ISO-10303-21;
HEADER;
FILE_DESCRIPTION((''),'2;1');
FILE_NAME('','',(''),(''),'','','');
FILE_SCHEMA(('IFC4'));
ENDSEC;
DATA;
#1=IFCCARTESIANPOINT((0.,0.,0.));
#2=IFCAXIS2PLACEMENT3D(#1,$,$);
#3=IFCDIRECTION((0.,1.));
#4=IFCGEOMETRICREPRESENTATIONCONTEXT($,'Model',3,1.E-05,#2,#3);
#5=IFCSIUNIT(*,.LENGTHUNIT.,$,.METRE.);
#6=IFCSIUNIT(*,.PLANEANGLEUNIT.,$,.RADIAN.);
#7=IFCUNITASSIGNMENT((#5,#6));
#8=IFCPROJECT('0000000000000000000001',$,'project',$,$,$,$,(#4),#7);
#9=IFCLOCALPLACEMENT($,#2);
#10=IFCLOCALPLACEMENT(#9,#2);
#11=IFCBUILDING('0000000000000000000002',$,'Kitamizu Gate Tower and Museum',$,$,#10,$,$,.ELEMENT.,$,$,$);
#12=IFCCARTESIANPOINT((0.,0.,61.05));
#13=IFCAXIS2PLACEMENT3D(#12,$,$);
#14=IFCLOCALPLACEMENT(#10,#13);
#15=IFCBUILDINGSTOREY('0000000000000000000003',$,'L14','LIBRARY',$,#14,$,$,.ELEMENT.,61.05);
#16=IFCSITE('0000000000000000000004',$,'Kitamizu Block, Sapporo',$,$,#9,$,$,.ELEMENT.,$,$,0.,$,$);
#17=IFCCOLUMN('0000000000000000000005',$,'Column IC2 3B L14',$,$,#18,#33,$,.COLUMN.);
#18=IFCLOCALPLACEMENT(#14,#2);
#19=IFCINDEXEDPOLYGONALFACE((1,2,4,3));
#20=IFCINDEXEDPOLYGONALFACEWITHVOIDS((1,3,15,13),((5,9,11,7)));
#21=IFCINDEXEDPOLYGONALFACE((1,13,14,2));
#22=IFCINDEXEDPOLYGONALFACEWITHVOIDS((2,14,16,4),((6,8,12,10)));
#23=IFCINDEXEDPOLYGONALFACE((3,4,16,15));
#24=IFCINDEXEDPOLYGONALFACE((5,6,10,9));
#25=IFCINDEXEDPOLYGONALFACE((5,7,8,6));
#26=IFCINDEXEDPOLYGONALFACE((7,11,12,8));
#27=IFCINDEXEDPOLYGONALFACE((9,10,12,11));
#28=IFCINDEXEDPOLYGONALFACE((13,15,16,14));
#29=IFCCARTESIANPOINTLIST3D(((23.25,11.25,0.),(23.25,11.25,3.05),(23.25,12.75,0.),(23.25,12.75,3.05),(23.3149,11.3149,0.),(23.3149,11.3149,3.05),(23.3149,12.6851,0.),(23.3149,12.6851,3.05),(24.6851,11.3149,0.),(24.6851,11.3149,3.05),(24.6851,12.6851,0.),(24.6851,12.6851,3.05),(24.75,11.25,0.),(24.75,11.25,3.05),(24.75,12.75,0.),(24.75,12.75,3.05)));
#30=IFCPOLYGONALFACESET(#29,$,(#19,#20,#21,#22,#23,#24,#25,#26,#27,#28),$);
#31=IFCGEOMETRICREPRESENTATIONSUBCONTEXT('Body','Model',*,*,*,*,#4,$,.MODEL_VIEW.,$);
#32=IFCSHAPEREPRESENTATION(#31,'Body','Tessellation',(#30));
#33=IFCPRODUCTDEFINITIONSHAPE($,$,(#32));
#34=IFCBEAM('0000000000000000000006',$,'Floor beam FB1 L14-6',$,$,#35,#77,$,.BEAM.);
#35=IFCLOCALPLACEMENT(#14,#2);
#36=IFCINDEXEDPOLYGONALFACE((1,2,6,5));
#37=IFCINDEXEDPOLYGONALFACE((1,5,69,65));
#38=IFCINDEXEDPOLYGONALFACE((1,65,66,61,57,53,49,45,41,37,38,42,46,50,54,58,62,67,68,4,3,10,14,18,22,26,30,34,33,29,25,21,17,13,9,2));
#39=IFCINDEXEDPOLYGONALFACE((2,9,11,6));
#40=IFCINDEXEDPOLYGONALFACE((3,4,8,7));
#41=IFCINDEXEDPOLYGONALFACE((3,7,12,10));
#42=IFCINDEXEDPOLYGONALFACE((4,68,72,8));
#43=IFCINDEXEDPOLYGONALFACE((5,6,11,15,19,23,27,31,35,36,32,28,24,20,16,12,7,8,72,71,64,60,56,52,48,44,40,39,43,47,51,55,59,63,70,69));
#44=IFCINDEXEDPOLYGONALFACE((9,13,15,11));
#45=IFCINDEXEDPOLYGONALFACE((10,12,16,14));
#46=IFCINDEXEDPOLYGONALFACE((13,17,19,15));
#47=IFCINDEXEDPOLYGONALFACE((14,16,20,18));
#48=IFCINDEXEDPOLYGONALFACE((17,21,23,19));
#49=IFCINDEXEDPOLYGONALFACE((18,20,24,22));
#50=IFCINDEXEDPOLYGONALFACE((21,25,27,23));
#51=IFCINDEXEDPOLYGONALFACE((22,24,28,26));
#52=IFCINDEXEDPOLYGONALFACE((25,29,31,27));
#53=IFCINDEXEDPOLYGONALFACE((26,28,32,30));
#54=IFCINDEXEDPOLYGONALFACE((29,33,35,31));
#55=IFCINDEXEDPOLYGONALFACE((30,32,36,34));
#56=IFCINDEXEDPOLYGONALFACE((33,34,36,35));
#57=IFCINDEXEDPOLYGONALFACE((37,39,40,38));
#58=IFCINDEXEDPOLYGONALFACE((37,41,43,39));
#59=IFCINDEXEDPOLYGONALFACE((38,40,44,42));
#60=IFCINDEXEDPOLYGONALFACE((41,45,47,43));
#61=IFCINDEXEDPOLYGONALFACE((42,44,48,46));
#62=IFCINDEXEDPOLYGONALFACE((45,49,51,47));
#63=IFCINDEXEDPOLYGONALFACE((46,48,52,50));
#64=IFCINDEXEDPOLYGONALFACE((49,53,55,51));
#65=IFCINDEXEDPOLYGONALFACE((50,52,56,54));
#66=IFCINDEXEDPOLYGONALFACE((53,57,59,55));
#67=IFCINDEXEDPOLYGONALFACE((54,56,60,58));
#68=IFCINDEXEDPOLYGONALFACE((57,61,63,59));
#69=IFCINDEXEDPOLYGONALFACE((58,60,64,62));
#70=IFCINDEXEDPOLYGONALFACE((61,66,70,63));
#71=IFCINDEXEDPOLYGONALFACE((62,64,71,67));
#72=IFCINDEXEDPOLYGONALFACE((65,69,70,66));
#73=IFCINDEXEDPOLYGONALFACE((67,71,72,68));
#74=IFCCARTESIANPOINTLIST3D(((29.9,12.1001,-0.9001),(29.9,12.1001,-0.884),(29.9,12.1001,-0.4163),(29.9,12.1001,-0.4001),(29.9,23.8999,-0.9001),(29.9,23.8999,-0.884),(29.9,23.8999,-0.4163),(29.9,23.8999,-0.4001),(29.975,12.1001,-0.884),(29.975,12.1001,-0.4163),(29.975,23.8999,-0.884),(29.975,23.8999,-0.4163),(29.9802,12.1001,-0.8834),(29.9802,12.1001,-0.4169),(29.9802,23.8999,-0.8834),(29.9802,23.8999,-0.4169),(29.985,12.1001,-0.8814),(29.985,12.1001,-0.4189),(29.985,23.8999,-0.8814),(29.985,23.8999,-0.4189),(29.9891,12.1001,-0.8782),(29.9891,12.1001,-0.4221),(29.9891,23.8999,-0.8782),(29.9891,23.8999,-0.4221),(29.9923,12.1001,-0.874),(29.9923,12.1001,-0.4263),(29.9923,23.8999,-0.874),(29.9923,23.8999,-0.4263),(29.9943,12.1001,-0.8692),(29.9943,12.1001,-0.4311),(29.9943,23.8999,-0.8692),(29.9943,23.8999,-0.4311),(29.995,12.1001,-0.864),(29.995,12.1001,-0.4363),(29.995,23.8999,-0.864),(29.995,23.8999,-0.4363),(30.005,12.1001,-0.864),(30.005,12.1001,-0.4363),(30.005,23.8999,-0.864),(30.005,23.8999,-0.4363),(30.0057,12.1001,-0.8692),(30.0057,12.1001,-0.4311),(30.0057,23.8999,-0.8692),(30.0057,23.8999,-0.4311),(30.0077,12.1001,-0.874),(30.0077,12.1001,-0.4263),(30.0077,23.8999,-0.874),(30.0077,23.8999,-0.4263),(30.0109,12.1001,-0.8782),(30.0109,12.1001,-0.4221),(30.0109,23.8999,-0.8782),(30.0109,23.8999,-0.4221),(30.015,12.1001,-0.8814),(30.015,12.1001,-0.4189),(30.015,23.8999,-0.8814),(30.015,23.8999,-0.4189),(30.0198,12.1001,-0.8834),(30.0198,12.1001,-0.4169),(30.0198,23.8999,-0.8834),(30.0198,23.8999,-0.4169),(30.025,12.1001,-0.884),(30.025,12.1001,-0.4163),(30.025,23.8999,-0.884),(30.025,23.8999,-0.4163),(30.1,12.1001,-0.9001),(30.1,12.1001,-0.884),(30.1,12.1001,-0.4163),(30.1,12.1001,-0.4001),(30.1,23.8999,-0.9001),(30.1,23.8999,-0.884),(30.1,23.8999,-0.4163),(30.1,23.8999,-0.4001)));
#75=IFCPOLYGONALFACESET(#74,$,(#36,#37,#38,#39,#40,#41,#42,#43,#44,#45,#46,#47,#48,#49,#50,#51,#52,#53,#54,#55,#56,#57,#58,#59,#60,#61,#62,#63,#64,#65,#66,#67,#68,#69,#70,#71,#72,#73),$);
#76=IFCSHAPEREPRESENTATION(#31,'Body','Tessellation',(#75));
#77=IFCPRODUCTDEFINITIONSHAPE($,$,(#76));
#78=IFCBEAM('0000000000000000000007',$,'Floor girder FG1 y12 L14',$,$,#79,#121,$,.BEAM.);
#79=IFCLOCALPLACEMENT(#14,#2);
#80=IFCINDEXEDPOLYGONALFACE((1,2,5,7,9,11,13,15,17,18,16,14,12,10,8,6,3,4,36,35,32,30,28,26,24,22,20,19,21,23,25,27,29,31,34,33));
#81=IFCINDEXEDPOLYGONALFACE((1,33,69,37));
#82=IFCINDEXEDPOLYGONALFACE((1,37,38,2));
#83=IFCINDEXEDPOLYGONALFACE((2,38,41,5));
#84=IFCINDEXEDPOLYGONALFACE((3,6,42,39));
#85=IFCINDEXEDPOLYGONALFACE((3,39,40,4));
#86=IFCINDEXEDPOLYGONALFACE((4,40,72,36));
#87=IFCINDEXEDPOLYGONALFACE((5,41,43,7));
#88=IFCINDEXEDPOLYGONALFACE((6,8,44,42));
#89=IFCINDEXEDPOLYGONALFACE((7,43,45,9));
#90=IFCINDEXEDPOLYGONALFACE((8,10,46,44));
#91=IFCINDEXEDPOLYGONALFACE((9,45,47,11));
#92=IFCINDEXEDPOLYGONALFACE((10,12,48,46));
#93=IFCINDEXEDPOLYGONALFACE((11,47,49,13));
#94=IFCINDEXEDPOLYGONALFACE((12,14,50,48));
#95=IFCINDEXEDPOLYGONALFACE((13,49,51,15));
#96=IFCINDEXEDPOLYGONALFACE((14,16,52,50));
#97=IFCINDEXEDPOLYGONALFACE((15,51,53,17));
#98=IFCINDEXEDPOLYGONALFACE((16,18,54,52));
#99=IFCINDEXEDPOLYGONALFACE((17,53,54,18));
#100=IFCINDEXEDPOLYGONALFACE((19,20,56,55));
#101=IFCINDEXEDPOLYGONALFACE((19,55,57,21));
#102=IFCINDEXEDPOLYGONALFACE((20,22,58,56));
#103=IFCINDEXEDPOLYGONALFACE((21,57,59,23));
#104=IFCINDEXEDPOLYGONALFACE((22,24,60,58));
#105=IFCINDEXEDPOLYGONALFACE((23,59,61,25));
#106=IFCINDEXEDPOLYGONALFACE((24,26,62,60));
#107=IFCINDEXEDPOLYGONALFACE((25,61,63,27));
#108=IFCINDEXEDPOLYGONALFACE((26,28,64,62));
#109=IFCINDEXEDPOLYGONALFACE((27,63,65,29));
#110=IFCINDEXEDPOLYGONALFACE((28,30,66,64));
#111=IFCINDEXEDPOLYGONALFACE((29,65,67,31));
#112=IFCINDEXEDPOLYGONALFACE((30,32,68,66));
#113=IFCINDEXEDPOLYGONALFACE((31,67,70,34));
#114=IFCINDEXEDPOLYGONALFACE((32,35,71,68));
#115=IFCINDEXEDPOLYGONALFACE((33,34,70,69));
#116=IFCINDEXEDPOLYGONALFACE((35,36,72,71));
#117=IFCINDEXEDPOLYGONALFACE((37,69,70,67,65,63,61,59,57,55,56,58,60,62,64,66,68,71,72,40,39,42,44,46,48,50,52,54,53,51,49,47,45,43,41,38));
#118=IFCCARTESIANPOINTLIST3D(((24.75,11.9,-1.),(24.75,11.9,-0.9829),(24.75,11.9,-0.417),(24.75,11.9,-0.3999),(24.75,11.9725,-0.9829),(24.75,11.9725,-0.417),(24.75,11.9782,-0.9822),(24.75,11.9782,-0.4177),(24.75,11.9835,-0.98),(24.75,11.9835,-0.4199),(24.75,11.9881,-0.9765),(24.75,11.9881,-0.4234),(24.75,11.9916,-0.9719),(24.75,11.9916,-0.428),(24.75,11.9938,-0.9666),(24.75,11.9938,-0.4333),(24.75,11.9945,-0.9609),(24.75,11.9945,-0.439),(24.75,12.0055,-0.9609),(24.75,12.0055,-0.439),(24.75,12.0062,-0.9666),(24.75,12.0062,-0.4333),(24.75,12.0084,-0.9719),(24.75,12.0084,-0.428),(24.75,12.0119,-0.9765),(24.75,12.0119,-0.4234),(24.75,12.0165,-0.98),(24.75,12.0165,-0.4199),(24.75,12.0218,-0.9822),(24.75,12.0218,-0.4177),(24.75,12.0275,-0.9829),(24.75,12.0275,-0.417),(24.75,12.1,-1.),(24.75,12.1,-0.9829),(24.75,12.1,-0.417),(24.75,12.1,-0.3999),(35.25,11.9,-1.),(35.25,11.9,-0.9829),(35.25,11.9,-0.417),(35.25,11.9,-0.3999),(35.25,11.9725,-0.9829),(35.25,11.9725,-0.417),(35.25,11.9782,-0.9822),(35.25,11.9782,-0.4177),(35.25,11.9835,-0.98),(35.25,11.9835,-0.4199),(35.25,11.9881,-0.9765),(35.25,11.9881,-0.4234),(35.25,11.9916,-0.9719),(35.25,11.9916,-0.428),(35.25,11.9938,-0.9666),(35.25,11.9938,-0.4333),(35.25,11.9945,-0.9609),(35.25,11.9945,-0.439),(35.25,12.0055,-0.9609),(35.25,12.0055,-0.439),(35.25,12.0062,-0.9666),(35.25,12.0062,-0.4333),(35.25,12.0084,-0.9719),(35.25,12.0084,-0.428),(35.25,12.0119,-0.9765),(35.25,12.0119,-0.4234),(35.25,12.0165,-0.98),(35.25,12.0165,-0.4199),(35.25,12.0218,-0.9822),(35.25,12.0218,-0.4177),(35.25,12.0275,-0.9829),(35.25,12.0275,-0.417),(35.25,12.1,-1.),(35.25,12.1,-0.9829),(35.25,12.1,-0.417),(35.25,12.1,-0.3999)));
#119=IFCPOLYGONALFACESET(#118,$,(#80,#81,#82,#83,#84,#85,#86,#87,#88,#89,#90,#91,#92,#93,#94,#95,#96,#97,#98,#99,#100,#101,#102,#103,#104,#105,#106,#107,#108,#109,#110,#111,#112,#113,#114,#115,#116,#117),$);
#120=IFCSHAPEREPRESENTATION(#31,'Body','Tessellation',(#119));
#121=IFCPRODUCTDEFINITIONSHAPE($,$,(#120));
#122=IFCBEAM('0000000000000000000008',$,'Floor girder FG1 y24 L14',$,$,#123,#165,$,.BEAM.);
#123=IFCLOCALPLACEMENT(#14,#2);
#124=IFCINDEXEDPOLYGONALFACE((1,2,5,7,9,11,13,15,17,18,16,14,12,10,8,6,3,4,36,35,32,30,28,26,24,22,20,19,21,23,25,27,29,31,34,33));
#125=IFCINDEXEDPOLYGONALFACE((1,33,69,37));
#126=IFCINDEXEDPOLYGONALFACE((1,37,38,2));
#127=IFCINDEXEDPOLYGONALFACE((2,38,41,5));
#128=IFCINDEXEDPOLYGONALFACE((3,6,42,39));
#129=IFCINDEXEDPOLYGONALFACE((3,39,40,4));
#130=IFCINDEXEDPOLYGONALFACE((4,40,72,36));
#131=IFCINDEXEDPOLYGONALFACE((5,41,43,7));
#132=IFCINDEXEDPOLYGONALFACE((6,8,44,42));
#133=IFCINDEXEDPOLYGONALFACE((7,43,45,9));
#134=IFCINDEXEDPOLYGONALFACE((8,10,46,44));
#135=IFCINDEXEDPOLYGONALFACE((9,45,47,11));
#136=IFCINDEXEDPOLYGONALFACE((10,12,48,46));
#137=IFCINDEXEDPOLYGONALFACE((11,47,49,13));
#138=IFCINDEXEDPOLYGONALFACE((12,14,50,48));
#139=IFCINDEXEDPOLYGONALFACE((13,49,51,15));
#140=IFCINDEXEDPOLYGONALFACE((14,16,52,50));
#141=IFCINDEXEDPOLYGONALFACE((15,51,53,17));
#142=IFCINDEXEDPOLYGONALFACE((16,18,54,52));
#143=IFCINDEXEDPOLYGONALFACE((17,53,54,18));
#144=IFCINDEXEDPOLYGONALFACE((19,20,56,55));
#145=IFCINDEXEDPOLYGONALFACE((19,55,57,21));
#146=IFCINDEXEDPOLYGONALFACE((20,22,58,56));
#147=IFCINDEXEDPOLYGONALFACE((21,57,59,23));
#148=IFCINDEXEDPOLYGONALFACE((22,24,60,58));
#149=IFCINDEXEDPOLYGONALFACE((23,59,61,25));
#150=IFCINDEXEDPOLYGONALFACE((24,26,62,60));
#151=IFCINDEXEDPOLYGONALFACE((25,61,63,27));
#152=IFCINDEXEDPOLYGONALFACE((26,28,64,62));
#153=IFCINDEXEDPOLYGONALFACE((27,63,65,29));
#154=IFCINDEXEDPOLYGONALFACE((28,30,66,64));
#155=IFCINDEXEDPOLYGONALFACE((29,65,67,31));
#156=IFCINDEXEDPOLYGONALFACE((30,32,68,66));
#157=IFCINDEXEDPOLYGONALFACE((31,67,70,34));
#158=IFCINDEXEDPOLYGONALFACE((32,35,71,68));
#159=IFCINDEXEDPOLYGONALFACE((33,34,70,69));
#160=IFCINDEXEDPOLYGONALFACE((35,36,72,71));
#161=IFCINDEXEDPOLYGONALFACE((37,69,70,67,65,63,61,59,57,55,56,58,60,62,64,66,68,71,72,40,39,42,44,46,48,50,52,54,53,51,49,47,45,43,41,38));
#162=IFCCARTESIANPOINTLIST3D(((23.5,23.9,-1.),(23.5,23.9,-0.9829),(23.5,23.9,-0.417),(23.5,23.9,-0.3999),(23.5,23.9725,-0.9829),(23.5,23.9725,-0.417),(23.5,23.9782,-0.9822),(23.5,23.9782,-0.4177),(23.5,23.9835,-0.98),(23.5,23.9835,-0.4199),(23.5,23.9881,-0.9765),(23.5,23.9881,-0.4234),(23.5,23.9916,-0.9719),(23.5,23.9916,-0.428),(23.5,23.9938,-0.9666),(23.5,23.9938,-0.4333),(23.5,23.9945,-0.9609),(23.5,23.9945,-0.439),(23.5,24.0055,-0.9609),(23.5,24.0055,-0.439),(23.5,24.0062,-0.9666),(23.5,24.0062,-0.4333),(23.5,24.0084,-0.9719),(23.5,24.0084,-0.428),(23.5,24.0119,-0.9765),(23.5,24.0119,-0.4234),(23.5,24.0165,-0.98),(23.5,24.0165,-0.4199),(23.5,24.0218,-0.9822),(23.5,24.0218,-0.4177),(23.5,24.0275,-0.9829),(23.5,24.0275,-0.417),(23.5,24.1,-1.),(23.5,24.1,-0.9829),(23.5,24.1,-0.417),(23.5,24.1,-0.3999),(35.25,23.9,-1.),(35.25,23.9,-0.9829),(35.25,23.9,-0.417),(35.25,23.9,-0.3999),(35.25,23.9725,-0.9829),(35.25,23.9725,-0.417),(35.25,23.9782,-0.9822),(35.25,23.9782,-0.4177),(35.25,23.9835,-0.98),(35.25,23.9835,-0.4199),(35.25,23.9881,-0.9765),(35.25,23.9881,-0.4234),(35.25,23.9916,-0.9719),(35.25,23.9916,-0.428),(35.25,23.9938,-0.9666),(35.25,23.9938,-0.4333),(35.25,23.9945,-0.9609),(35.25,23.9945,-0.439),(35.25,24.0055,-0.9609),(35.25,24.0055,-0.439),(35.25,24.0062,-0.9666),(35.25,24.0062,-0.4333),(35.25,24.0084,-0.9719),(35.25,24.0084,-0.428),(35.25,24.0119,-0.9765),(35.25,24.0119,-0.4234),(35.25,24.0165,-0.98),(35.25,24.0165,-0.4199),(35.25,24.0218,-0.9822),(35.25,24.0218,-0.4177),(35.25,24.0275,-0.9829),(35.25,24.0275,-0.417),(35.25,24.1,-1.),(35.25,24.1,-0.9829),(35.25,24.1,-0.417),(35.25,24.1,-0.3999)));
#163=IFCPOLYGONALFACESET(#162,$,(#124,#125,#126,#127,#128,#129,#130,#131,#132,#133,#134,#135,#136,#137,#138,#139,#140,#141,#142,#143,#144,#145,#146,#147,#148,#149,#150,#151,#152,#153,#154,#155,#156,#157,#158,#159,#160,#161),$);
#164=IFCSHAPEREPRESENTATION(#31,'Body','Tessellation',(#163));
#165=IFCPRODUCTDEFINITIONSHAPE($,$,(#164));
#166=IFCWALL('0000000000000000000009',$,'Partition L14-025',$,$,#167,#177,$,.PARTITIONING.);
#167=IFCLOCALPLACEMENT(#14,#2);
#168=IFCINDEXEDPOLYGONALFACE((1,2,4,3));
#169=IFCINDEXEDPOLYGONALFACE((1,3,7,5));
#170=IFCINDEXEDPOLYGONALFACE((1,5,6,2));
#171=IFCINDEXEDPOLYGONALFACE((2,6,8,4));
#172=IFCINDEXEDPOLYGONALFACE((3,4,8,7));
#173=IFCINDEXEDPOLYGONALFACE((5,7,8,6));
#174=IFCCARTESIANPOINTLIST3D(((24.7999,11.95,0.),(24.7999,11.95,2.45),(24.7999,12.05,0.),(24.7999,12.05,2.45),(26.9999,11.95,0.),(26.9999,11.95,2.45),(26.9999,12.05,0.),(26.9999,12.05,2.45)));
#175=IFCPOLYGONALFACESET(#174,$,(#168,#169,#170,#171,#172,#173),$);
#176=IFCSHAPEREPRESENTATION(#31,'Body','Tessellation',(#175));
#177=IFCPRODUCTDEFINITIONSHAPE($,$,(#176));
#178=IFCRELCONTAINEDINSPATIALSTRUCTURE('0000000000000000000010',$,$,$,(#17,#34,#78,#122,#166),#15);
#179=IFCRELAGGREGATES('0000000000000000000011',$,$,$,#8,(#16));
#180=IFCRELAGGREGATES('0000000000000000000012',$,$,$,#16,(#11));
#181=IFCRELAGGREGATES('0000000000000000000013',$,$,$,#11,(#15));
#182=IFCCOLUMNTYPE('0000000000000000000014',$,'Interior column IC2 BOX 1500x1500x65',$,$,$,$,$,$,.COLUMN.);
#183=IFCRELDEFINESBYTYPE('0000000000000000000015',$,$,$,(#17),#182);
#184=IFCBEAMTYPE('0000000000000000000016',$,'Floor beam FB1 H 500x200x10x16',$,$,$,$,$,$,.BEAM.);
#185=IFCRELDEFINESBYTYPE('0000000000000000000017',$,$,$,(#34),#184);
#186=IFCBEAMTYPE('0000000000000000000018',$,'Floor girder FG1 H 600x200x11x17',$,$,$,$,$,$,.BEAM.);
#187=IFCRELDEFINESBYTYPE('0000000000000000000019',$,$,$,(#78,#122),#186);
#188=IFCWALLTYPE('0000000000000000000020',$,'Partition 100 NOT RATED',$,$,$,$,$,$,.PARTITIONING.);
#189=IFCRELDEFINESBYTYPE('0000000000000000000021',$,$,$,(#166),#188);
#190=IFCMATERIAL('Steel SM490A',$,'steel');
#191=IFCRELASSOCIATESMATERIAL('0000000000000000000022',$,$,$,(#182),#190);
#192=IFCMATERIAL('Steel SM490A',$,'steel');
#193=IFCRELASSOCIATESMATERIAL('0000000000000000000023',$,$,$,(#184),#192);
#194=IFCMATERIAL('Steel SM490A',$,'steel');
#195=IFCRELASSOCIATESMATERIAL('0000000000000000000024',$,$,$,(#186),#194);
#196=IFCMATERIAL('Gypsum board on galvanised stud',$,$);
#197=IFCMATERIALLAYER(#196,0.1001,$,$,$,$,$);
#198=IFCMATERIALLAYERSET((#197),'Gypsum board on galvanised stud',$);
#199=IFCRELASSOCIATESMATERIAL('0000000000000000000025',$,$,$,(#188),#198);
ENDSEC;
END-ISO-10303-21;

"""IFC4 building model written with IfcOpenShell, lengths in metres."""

from ifc_helpers import new_model, si_unit, direction, frame, frame_2d, origin, origin_2d, place, context, subcontext, project, spatial, rectangle, hollow_rectangle, i_section, extrude, material, layer, layer_set, material_profile, profile_set, type_object, element, save


model = new_model("IFC4")

# Units and contexts
model_context = context("Model", 3, precision=1e-05, world=origin(), true_north=direction((0.0, 1.0)))
body_context = subcontext(model_context, "Body", "Model", "MODEL_VIEW")
ifc_project = project(units=[si_unit("LENGTHUNIT", "METRE"), si_unit("PLANEANGLEUNIT", "RADIAN")], contexts=[model_context])

# Site, building, storey
site_placement = place(None, origin())
site = spatial("IfcSite", under=ifc_project, at=site_placement, Name="Kitamizu Block, Sapporo", CompositionType="ELEMENT", RefElevation=0.0)
building_placement = place(site_placement, origin())
building = spatial("IfcBuilding", under=site, at=building_placement, Name="Kitamizu Gate Tower and Museum", CompositionType="ELEMENT")
storey_placement = place(building_placement, frame((0.0, 0.0, 61.05)))
storey = spatial("IfcBuildingStorey", under=building, at=storey_placement, Name="L14", Description="LIBRARY", CompositionType="ELEMENT", Elevation=61.05)

# Column
ifc_material_1 = material(Name="Steel SM490A", Category="steel")
ifc_material_profile_1 = material_profile(ifc_material_1, hollow_rectangle(XDim=1.5, YDim=1.5, WallThickness=0.0649, at=origin_2d()), Name="BOX 1500x1500x65")
ifc_profile_set_1 = profile_set([ifc_material_profile_1], Name="Steel SM490A")
column_type = type_object("IfcColumnType", Name="Interior column IC2 BOX 1500x1500x65", PredefinedType="COLUMN", material=ifc_profile_set_1)
column_placement = place(storey_placement, frame((24.0, 12.0, 0.0), z_axis=(0.0, 0.0, 1.0), x_axis=(1.0, 0.0, 0.0)))
element("IfcColumn", 1, at=column_placement, inside=storey, type_object=column_type, Name="Column IC2 3B L14", PredefinedType="COLUMN", context=body_context, shape_type="SweptSolid", body=[
    extrude(hollow_rectangle(XDim=1.5, YDim=1.5, WallThickness=0.0649, at=origin_2d()), origin(), (0.0, 0.0, 1.0), 3.05),
])

# Beams
ifc_material_2 = material(Name="Steel SM490A", Category="steel")
ifc_material_profile_2 = material_profile(ifc_material_2, i_section(OverallWidth=0.2, OverallDepth=0.5, WebThickness=0.01, FlangeThickness=0.0161, FilletRadius=0.02, at=origin_2d()), Name="H-500x200x10x16")
ifc_profile_set_2 = profile_set([ifc_material_profile_2], Name="Steel SM490A")
beam_type_1 = type_object("IfcBeamType", Name="Floor beam FB1 H 500x200x10x16", PredefinedType="BEAM", material=ifc_profile_set_2)
beam_1_placement = place(storey_placement, frame((30.0, 12.1001, -0.6501), z_axis=(0.0, 1.0, 0.0), x_axis=(-1.0, 0.0, 0.0)))
element("IfcBeam", 2, at=beam_1_placement, inside=storey, type_object=beam_type_1, Name="Floor beam FB1 L14-6", PredefinedType="BEAM", context=body_context, shape_type="SweptSolid", body=[
    extrude(i_section(OverallWidth=0.2, OverallDepth=0.5, WebThickness=0.01, FlangeThickness=0.0161, FilletRadius=0.02, at=origin_2d()), origin(), (0.0, 0.0, 1.0), 11.7998),
])
ifc_material_3 = material(Name="Steel SM490A", Category="steel")
ifc_material_profile_3 = material_profile(ifc_material_3, i_section(OverallWidth=0.2, OverallDepth=0.6001, WebThickness=0.011, FlangeThickness=0.0171, FilletRadius=0.022, at=origin_2d()), Name="H-600x200x11x17")
ifc_profile_set_3 = profile_set([ifc_material_profile_3], Name="Steel SM490A")
beam_type_2 = type_object("IfcBeamType", Name="Floor girder FG1 H 600x200x11x17", PredefinedType="BEAM", material=ifc_profile_set_3)
beam_2_placement = place(storey_placement, frame((24.75, 12.0, -0.7), z_axis=(1.0, 0.0, 0.0), x_axis=(0.0, 1.0, 0.0)))
element("IfcBeam", 3, at=beam_2_placement, inside=storey, type_object=beam_type_2, Name="Floor girder FG1 y12 L14", PredefinedType="BEAM", context=body_context, shape_type="SweptSolid", body=[
    extrude(i_section(OverallWidth=0.2, OverallDepth=0.6001, WebThickness=0.011, FlangeThickness=0.0171, FilletRadius=0.022, at=origin_2d()), origin(), (0.0, 0.0, 1.0), 10.5),
])
beam_3_placement = place(storey_placement, frame((23.5, 24.0, -0.7), z_axis=(1.0, 0.0, 0.0), x_axis=(0.0, 1.0, 0.0)))
element("IfcBeam", 4, at=beam_3_placement, inside=storey, type_object=beam_type_2, Name="Floor girder FG1 y24 L14", PredefinedType="BEAM", context=body_context, shape_type="SweptSolid", body=[
    extrude(i_section(OverallWidth=0.2, OverallDepth=0.6001, WebThickness=0.011, FlangeThickness=0.0171, FilletRadius=0.022, at=origin_2d()), origin(), (0.0, 0.0, 1.0), 11.75),
])

# Wall
ifc_material_4 = material(Name="Gypsum board on galvanised stud")
ifc_layer_1 = layer(ifc_material_4, 0.1001)
ifc_layer_set_1 = layer_set([ifc_layer_1], Name="Gypsum board on galvanised stud")
wall_type_1 = type_object("IfcWallType", Name="Partition 100 NOT RATED", PredefinedType="PARTITIONING", material=ifc_layer_set_1)
wall_1_placement = place(storey_placement, frame((27.0, 12.0, 0.0), z_axis=(0.0, 0.0, 1.0), x_axis=(-1.0, 0.0, 0.0)))
element("IfcWall", 5, at=wall_1_placement, inside=storey, type_object=wall_type_1, Name="Partition L14-025", PredefinedType="PARTITIONING", context=body_context, shape_type="SweptSolid", body=[
    extrude(rectangle(XDim=2.2, YDim=0.1001, at=frame_2d((1.1001, 0.0))), origin(), (0.0, 0.0, 1.0), 2.45),
])

save(model, "model.ifc")
